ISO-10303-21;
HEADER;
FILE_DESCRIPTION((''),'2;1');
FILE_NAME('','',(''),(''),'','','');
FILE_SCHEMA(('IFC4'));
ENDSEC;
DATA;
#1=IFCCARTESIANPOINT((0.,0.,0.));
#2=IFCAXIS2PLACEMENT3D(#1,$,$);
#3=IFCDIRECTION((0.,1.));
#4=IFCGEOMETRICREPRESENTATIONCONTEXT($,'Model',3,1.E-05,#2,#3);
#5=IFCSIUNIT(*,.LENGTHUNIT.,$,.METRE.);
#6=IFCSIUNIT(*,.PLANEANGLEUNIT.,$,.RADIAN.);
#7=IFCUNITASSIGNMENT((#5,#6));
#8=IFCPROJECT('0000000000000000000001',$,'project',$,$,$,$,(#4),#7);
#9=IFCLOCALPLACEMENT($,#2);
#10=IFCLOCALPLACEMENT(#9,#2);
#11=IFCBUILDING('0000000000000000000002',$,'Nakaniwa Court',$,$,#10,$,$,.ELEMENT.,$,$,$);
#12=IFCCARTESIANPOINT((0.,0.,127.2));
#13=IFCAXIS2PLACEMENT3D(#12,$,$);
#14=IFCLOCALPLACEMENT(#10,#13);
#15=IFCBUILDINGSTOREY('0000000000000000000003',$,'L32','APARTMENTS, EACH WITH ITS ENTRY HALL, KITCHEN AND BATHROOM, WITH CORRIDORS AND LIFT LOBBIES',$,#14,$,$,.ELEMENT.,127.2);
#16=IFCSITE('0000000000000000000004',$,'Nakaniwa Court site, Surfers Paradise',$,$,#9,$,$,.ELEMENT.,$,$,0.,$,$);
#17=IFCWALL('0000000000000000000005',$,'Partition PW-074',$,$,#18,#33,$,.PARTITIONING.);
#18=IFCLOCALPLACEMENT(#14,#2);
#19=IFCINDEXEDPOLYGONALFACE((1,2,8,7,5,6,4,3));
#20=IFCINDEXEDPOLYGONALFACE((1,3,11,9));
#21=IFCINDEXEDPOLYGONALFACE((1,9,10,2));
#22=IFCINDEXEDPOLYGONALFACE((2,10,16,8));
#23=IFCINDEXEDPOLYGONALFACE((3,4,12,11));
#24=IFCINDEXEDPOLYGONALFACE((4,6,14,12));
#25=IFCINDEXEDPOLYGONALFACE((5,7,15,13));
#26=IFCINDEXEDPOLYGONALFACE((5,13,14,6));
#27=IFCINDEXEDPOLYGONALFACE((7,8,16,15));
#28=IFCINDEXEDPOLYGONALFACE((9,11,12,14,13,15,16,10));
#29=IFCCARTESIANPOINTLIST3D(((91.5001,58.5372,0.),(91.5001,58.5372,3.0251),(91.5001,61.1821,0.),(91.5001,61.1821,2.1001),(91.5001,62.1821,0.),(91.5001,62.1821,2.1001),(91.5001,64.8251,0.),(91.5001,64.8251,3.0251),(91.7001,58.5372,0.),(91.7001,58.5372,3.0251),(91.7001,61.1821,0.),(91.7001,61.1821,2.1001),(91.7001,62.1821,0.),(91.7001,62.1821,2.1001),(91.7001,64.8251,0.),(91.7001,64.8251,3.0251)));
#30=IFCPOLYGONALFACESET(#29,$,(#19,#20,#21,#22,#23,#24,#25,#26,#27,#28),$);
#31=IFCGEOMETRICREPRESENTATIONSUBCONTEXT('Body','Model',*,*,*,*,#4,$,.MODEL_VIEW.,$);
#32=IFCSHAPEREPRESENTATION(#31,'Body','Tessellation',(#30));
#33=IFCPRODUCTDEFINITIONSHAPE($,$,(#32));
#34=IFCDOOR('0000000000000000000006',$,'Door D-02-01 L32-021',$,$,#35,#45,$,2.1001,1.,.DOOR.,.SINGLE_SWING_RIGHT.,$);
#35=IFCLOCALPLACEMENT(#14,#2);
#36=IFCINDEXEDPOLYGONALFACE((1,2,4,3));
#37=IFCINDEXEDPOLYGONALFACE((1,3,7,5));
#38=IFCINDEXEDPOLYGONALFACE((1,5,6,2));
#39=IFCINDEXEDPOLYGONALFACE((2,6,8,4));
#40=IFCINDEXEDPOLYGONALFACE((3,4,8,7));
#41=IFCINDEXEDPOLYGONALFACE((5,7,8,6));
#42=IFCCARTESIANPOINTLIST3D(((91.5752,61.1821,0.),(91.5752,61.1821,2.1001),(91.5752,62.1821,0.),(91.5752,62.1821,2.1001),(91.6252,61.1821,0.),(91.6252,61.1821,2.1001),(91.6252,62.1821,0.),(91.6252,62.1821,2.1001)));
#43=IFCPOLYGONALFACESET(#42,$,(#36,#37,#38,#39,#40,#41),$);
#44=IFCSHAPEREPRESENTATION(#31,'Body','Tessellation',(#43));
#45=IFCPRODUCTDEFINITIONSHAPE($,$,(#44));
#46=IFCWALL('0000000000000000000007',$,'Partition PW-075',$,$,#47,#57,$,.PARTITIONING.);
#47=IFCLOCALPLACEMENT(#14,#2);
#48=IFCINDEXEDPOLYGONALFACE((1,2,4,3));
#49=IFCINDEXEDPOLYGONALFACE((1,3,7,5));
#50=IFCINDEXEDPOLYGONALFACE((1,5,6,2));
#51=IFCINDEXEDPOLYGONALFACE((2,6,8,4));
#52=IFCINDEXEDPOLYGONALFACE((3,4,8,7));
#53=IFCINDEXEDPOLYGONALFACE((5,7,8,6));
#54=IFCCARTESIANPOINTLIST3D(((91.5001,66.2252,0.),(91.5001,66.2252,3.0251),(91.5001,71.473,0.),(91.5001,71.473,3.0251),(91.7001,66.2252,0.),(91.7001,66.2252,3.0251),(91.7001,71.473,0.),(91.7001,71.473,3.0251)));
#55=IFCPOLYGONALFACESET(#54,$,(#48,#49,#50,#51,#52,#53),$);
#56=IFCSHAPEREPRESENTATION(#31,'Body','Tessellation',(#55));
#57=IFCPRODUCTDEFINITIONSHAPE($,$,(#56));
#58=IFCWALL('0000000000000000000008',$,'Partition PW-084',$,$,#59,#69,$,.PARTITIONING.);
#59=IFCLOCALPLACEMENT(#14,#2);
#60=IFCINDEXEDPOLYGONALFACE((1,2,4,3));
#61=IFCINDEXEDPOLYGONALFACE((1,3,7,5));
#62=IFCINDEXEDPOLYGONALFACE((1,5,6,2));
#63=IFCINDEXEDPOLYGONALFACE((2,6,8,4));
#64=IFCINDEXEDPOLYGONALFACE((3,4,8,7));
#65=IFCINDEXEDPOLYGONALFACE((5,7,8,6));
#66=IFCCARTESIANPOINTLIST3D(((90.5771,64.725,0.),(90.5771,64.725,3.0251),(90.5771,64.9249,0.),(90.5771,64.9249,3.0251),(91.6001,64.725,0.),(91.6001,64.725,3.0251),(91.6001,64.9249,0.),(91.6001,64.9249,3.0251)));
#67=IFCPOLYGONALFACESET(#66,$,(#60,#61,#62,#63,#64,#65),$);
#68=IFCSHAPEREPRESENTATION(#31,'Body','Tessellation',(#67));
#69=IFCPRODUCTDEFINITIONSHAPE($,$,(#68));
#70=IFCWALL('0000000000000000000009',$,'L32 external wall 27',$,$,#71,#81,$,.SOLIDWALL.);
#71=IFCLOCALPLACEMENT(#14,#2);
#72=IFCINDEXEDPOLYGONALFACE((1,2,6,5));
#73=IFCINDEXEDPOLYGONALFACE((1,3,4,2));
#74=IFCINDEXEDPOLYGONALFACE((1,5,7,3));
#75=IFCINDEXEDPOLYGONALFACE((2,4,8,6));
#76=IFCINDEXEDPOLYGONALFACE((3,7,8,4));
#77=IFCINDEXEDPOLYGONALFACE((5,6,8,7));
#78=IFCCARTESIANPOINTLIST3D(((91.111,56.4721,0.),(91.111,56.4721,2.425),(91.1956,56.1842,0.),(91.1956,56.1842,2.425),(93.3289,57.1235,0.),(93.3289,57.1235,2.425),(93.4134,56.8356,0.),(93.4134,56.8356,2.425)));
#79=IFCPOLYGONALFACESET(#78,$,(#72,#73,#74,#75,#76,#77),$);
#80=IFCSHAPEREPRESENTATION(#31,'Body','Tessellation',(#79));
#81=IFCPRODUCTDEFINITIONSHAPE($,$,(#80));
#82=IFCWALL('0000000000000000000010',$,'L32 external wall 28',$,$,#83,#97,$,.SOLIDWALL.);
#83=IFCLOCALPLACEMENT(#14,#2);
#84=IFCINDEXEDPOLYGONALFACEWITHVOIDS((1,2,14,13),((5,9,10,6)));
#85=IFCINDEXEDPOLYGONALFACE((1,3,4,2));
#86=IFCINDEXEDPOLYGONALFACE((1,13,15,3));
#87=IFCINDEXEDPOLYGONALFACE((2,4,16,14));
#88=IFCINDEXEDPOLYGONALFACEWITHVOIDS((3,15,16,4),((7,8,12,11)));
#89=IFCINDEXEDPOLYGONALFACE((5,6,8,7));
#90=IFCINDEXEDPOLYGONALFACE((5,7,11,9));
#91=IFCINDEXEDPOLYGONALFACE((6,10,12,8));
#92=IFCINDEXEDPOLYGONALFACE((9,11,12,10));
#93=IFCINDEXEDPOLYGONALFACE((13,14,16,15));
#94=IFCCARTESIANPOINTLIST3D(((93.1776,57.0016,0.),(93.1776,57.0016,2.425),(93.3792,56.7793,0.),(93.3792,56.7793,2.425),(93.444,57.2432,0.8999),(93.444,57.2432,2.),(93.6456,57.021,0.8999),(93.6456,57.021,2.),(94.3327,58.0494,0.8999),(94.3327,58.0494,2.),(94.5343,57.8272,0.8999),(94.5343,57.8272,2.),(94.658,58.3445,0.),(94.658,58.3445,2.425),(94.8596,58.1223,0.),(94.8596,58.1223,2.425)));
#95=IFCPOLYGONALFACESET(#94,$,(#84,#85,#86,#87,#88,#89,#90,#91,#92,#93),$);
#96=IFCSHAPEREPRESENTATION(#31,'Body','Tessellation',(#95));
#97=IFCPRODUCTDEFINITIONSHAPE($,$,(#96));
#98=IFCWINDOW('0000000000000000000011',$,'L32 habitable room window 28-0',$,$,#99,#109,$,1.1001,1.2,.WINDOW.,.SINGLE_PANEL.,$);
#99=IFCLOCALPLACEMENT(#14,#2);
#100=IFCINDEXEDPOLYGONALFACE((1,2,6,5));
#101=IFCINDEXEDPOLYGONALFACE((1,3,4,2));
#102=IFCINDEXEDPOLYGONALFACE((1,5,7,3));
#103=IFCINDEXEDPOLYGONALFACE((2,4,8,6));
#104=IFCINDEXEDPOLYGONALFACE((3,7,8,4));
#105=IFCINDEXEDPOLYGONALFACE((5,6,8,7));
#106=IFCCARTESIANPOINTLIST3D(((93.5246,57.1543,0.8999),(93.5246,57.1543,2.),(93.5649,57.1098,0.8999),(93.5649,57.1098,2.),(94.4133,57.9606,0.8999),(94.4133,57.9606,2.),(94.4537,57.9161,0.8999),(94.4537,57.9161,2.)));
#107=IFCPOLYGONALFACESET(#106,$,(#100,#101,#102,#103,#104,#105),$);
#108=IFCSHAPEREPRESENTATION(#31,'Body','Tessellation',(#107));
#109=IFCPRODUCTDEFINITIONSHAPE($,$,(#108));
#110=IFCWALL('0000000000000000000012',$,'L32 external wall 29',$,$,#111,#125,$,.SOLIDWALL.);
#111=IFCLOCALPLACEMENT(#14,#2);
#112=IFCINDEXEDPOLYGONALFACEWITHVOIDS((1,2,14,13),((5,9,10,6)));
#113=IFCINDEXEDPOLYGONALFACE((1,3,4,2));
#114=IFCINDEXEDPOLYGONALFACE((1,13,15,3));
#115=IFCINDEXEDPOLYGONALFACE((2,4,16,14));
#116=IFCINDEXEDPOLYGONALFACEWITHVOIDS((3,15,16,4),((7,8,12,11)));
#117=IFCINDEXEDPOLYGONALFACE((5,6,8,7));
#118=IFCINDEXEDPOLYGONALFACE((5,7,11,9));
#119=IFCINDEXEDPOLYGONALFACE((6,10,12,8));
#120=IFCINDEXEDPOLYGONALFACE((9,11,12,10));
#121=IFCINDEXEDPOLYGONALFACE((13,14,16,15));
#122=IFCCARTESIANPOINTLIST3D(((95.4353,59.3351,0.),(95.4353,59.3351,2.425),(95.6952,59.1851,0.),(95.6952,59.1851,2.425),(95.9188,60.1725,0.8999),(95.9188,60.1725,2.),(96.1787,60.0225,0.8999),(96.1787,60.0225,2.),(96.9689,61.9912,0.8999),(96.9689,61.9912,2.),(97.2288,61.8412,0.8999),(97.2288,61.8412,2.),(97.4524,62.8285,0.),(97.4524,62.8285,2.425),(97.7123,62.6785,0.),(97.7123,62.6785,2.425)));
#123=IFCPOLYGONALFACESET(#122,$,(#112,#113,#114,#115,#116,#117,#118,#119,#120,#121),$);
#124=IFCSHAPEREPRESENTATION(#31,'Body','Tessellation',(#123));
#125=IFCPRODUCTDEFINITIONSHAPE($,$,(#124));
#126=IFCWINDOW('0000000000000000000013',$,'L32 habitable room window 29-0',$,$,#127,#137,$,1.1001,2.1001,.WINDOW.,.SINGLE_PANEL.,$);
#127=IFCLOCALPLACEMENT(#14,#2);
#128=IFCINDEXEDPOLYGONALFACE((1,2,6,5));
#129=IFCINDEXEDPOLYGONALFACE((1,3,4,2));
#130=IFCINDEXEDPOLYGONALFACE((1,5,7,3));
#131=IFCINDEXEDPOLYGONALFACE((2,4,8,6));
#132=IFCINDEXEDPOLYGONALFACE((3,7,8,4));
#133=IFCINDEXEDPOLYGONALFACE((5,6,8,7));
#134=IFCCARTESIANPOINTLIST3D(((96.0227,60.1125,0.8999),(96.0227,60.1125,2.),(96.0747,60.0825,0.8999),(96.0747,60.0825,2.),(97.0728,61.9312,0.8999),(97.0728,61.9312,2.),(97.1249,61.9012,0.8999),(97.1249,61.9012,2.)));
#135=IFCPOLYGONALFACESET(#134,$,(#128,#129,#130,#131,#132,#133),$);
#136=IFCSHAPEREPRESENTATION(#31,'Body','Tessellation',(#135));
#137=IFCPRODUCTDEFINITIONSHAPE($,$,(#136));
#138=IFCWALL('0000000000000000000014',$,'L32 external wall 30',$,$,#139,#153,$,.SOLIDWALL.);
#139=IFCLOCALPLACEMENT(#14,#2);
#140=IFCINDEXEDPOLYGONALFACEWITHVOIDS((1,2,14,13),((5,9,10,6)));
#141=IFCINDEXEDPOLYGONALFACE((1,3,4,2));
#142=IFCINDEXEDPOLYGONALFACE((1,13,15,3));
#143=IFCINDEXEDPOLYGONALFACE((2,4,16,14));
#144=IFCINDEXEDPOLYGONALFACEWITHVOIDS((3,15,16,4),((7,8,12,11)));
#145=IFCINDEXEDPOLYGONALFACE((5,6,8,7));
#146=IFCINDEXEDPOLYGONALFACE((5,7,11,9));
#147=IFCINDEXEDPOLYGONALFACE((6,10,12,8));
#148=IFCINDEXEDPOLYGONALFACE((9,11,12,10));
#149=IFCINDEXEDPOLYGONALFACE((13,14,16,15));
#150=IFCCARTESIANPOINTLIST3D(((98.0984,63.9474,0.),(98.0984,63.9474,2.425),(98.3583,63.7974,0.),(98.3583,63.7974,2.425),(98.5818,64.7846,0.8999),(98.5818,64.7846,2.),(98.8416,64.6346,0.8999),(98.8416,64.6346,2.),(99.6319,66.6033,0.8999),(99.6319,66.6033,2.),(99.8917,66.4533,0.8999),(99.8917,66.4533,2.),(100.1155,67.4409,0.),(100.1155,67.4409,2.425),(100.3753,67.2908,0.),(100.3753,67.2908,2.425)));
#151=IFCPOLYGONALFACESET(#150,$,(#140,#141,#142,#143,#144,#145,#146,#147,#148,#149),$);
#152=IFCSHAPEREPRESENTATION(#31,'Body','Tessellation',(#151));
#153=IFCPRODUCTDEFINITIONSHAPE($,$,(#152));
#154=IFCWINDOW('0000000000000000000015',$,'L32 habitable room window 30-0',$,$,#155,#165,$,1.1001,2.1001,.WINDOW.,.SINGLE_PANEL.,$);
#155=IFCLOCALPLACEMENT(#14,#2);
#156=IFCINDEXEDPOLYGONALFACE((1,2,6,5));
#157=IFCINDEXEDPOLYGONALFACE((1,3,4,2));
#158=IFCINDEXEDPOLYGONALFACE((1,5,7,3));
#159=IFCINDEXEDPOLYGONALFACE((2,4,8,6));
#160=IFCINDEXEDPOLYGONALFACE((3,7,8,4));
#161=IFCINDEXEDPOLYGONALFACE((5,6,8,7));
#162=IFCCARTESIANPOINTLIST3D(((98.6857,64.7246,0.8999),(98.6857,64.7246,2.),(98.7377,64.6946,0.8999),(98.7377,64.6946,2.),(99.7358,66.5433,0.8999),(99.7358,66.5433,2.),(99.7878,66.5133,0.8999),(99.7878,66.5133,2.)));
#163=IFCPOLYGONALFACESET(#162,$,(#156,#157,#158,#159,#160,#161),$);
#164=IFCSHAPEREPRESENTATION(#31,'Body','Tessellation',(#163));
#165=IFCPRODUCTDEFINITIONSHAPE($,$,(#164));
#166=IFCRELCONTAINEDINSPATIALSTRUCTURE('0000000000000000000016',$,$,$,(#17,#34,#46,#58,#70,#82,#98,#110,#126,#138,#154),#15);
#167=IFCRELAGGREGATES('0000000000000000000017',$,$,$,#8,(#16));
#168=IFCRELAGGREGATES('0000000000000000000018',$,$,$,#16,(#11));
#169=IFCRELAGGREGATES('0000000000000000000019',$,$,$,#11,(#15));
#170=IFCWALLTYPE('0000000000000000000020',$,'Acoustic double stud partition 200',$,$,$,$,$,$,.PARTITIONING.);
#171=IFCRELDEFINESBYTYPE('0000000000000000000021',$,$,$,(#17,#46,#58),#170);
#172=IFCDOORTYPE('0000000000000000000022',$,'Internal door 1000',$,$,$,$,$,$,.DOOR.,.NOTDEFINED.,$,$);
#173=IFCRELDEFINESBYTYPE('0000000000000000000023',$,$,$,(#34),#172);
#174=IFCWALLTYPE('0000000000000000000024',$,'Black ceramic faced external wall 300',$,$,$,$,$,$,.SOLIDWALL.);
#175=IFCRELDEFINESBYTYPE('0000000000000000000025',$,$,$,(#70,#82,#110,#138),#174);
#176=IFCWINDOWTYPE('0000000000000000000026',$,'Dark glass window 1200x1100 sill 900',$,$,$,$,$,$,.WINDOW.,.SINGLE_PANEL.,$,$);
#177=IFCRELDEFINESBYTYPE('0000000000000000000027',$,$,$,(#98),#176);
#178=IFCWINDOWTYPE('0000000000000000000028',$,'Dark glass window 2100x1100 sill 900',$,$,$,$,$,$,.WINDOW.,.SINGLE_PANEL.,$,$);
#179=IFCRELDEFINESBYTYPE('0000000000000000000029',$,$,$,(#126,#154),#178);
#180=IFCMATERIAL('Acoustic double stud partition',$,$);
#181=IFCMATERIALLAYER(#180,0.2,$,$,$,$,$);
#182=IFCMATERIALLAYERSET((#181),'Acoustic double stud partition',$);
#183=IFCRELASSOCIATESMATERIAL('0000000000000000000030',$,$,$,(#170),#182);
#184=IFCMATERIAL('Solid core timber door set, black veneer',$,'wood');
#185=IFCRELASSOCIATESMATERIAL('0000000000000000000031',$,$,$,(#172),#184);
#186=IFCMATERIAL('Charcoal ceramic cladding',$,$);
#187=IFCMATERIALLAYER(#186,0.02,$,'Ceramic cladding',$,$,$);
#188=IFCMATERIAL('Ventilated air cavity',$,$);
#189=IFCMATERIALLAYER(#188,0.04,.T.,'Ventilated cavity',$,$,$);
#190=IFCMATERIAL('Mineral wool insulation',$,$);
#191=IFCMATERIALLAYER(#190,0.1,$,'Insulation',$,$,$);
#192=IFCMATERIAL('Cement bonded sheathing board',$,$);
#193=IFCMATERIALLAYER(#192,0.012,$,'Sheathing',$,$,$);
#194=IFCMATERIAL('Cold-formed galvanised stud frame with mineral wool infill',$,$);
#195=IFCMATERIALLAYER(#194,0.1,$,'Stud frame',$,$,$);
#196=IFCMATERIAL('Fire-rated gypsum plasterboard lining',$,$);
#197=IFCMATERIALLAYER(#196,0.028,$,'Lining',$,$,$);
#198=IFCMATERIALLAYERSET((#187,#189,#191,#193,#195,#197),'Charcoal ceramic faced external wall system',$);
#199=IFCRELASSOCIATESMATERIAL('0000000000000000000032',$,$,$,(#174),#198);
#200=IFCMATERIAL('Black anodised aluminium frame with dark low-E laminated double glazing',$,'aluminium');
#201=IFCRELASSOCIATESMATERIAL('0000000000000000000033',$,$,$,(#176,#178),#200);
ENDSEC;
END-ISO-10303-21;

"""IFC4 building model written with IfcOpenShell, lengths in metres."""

from ifc_helpers import new_model, si_unit, direction, frame, frame_2d, origin, place, context, subcontext, project, spatial, rectangle, extrude, material, layer, layer_set, type_object, element, fill, save


model = new_model("IFC4")

# Units and contexts
model_context = context("Model", 3, precision=1e-05, world=origin(), true_north=direction((0.0, 1.0)))
body_context = subcontext(model_context, "Body", "Model", "MODEL_VIEW")
ifc_project = project(units=[si_unit("LENGTHUNIT", "METRE"), si_unit("PLANEANGLEUNIT", "RADIAN")], contexts=[model_context])

# Site, building, storey
site_placement = place(None, origin())
site = spatial("IfcSite", under=ifc_project, at=site_placement, Name="Nakaniwa Court site, Surfers Paradise", CompositionType="ELEMENT", RefElevation=0.0)
building_placement = place(site_placement, origin())
building = spatial("IfcBuilding", under=site, at=building_placement, Name="Nakaniwa Court", CompositionType="ELEMENT")
storey_placement = place(building_placement, frame((0.0, 0.0, 127.2)))
storey = spatial("IfcBuildingStorey", under=building, at=storey_placement, Name="L32", Description="APARTMENTS, EACH WITH ITS ENTRY HALL, KITCHEN AND BATHROOM, WITH CORRIDORS AND LIFT LOBBIES", CompositionType="ELEMENT", Elevation=127.2)

# Shared definitions
ifc_material_1 = material(Name="Acoustic double stud partition")
ifc_layer_1 = layer(ifc_material_1, 0.2)
ifc_layer_set_1 = layer_set([ifc_layer_1], Name="Acoustic double stud partition")
wall_type_1 = type_object("IfcWallType", Name="Acoustic double stud partition 200", PredefinedType="PARTITIONING", material=ifc_layer_set_1)

# Wall, opening, door
wall_1_placement = place(storey_placement, frame((91.6001, 58.5371, 0.0), z_axis=(0.0, 0.0, 1.0), x_axis=(0.0, 1.0, 0.0)))
wall_1 = element("IfcWall", 1, at=wall_1_placement, inside=storey, type_object=wall_type_1, Name="Partition PW-074", PredefinedType="PARTITIONING", context=body_context, shape_type="SweptSolid", body=[
    extrude(rectangle(XDim=6.2878, YDim=0.2, at=frame_2d((3.144, 0.0))), origin(), (0.0, 0.0, 1.0), 3.0251),
])
opening_1_placement = place(wall_1_placement, frame((2.645, 0.0, 0.0)))
opening_1 = element("IfcOpeningElement", 2, at=opening_1_placement, cuts=wall_1, PredefinedType="OPENING", context=body_context, shape_type="SweptSolid", body=[
    extrude(rectangle(XDim=1.0, YDim=2.1001, at=frame_2d((0.5, 1.05))), frame((0.0, 0.1099, 0.0), z_axis=(0.0, -1.0, 0.0), x_axis=(1.0, 0.0, 0.0)), (0.0, 0.0, 1.0), 0.22),
])
ifc_material_2 = material(Name="Solid core timber door set, black veneer", Category="wood")
door_type = type_object("IfcDoorType", Name="Internal door 1000", OperationType="NOTDEFINED", PredefinedType="DOOR", material=ifc_material_2)
door_placement = place(opening_1_placement, origin())
door = element("IfcDoor", 3, at=door_placement, inside=storey, type_object=door_type, Name="Door D-02-01 L32-021", OperationType="SINGLE_SWING_RIGHT", OverallHeight=2.1001, OverallWidth=1.0, PredefinedType="DOOR", context=body_context, shape_type="SweptSolid", body=[
    extrude(rectangle(XDim=1.0, YDim=2.1001, at=frame_2d((0.5, 1.05))), frame((0.0, 0.0249, 0.0), z_axis=(0.0, -1.0, 0.0), x_axis=(1.0, 0.0, 0.0)), (0.0, 0.0, 1.0), 0.05),
])
fill(opening_1, door)

# Walls
wall_2_placement = place(storey_placement, frame((91.6001, 66.2251, 0.0), z_axis=(0.0, 0.0, 1.0), x_axis=(0.0, 1.0, 0.0)))
element("IfcWall", 4, at=wall_2_placement, inside=storey, type_object=wall_type_1, Name="Partition PW-075", PredefinedType="PARTITIONING", context=body_context, shape_type="SweptSolid", body=[
    extrude(rectangle(XDim=5.2478, YDim=0.2, at=frame_2d((2.624, 0.0))), origin(), (0.0, 0.0, 1.0), 3.0251),
])
wall_3_placement = place(storey_placement, frame((90.5771, 64.825, 0.0), z_axis=(0.0, 0.0, 1.0), x_axis=(1.0, 0.0, 0.0)))
element("IfcWall", 5, at=wall_3_placement, inside=storey, type_object=wall_type_1, Name="Partition PW-084", PredefinedType="PARTITIONING", context=body_context, shape_type="SweptSolid", body=[
    extrude(rectangle(XDim=1.0229, YDim=0.2, at=frame_2d((0.5115, 0.0))), origin(), (0.0, 0.0, 1.0), 3.0251),
])
ifc_material_3 = material(Name="Charcoal ceramic cladding")
ifc_layer_2 = layer(ifc_material_3, 0.02, Name="Ceramic cladding")
ifc_material_4 = material(Name="Ventilated air cavity")
ifc_layer_3 = layer(ifc_material_4, 0.04, ventilated=True, Name="Ventilated cavity")
ifc_material_5 = material(Name="Mineral wool insulation")
ifc_layer_4 = layer(ifc_material_5, 0.1, Name="Insulation")
ifc_material_6 = material(Name="Cement bonded sheathing board")
ifc_layer_5 = layer(ifc_material_6, 0.012, Name="Sheathing")
ifc_material_7 = material(Name="Cold-formed galvanised stud frame with mineral wool infill")
ifc_layer_6 = layer(ifc_material_7, 0.1, Name="Stud frame")
ifc_material_8 = material(Name="Fire-rated gypsum plasterboard lining")
ifc_layer_7 = layer(ifc_material_8, 0.028, Name="Lining")
ifc_layer_set_2 = layer_set([ifc_layer_2, ifc_layer_3, ifc_layer_4, ifc_layer_5, ifc_layer_6, ifc_layer_7], Name="Charcoal ceramic faced external wall system")
wall_type_2 = type_object("IfcWallType", Name="Black ceramic faced external wall 300", PredefinedType="SOLIDWALL", material=ifc_layer_set_2)
wall_4_placement = place(storey_placement, frame((91.1533, 56.3281, 0.0), z_axis=(0.0, 0.0, 1.0), x_axis=(0.959473, 0.2818, 0.0)))
element("IfcWall", 6, at=wall_4_placement, inside=storey, type_object=wall_type_2, Name="L32 external wall 27", PredefinedType="SOLIDWALL", context=body_context, shape_type="SweptSolid", body=[
    extrude(rectangle(XDim=2.3115, YDim=0.3, at=frame_2d((1.1558, 0.0))), origin(), (0.0, 0.0, 1.0), 2.425),
])

# Walls, openings, windows
wall_5_placement = place(storey_placement, frame((93.2783, 56.8904, 0.0), z_axis=(0.0, 0.0, 1.0), x_axis=(0.740653, 0.671888, 0.0)))
wall_5 = element("IfcWall", 7, at=wall_5_placement, inside=storey, type_object=wall_type_2, Name="L32 external wall 28", PredefinedType="SOLIDWALL", context=body_context, shape_type="SweptSolid", body=[
    extrude(rectangle(XDim=1.9988, YDim=0.3, at=frame_2d((0.9995, 0.0))), origin(), (0.0, 0.0, 1.0), 2.425),
])
opening_2_placement = place(wall_5_placement, frame((0.3596, 0.0, 0.8999)))
opening_2 = element("IfcOpeningElement", 8, at=opening_2_placement, cuts=wall_5, PredefinedType="OPENING", context=body_context, shape_type="SweptSolid", body=[
    extrude(rectangle(XDim=1.2, YDim=1.1001, at=frame_2d((0.6001, 0.55))), frame((0.0, 0.1599, 0.0), z_axis=(0.0, -1.0, 0.0), x_axis=(1.0, 0.0, 0.0)), (0.0, 0.0, 1.0), 0.3201),
])
ifc_material_9 = material(Name="Black anodised aluminium frame with dark low-E laminated double glazing", Category="aluminium")
window_type_1 = type_object("IfcWindowType", Name="Dark glass window 1200x1100 sill 900", PartitioningType="SINGLE_PANEL", PredefinedType="WINDOW", material=ifc_material_9)
window_1_placement = place(opening_2_placement, origin())
window_1 = element("IfcWindow", 9, at=window_1_placement, inside=storey, type_object=window_type_1, Name="L32 habitable room window 28-0", OverallHeight=1.1001, OverallWidth=1.2, PartitioningType="SINGLE_PANEL", PredefinedType="WINDOW", context=body_context, shape_type="SweptSolid", body=[
    extrude(rectangle(XDim=1.2, YDim=1.1001, at=frame_2d((0.6001, 0.55))), frame((0.0, 0.03, 0.0), z_axis=(0.0, -1.0, 0.0), x_axis=(1.0, 0.0, 0.0)), (0.0, 0.0, 1.0), 0.0601),
])
fill(opening_2, window_1)
wall_6_placement = place(storey_placement, frame((95.5652, 59.26, 0.0), z_axis=(0.0, 0.0, 1.0), x_axis=(0.500032, 0.866007, 0.0)))
wall_6 = element("IfcWall", 10, at=wall_6_placement, inside=storey, type_object=wall_type_2, Name="L32 external wall 29", PredefinedType="SOLIDWALL", context=body_context, shape_type="SweptSolid", body=[
    extrude(rectangle(XDim=4.0339, YDim=0.3, at=frame_2d((2.0171, 0.0))), origin(), (0.0, 0.0, 1.0), 2.425),
])
opening_3_placement = place(wall_6_placement, frame((0.967, 0.0, 0.8999)))
opening_3 = element("IfcOpeningElement", 11, at=opening_3_placement, cuts=wall_6, PredefinedType="OPENING", context=body_context, shape_type="SweptSolid", body=[
    extrude(rectangle(XDim=2.1001, YDim=1.1001, at=frame_2d((1.05, 0.55))), frame((0.0, 0.1599, 0.0), z_axis=(0.0, -1.0, 0.0), x_axis=(1.0, 0.0, 0.0)), (0.0, 0.0, 1.0), 0.3201),
])
window_type_2 = type_object("IfcWindowType", Name="Dark glass window 2100x1100 sill 900", PartitioningType="SINGLE_PANEL", PredefinedType="WINDOW", material=ifc_material_9)
window_2_placement = place(opening_3_placement, origin())
window_2 = element("IfcWindow", 12, at=window_2_placement, inside=storey, type_object=window_type_2, Name="L32 habitable room window 29-0", OverallHeight=1.1001, OverallWidth=2.1001, PartitioningType="SINGLE_PANEL", PredefinedType="WINDOW", context=body_context, shape_type="SweptSolid", body=[
    extrude(rectangle(XDim=2.1001, YDim=1.1001, at=frame_2d((1.05, 0.55))), frame((0.0, 0.03, 0.0), z_axis=(0.0, -1.0, 0.0), x_axis=(1.0, 0.0, 0.0)), (0.0, 0.0, 1.0), 0.0601),
])
fill(opening_3, window_2)
wall_7_placement = place(storey_placement, frame((98.2283, 63.8723, 0.0), z_axis=(0.0, 0.0, 1.0), x_axis=(0.500032, 0.866007, 0.0)))
wall_7 = element("IfcWall", 13, at=wall_7_placement, inside=storey, type_object=wall_type_2, Name="L32 external wall 30", PredefinedType="SOLIDWALL", context=body_context, shape_type="SweptSolid", body=[
    extrude(rectangle(XDim=4.0339, YDim=0.3, at=frame_2d((2.0171, 0.0))), origin(), (0.0, 0.0, 1.0), 2.425),
])
opening_4_placement = place(wall_7_placement, frame((0.9668, 0.0, 0.8999)))
opening_4 = element("IfcOpeningElement", 14, at=opening_4_placement, cuts=wall_7, PredefinedType="OPENING", context=body_context, shape_type="SweptSolid", body=[
    extrude(rectangle(XDim=2.1001, YDim=1.1001, at=frame_2d((1.05, 0.55))), frame((0.0, 0.1599, 0.0), z_axis=(0.0, -1.0, 0.0), x_axis=(1.0, 0.0, 0.0)), (0.0, 0.0, 1.0), 0.3201),
])
window_3_placement = place(opening_4_placement, origin())
window_3 = element("IfcWindow", 15, at=window_3_placement, inside=storey, type_object=window_type_2, Name="L32 habitable room window 30-0", OverallHeight=1.1001, OverallWidth=2.1001, PartitioningType="SINGLE_PANEL", PredefinedType="WINDOW", context=body_context, shape_type="SweptSolid", body=[
    extrude(rectangle(XDim=2.1001, YDim=1.1001, at=frame_2d((1.05, 0.55))), frame((0.0, 0.03, 0.0), z_axis=(0.0, -1.0, 0.0), x_axis=(1.0, 0.0, 0.0)), (0.0, 0.0, 1.0), 0.0601),
])
fill(opening_4, window_3)

save(model, "model.ifc")
